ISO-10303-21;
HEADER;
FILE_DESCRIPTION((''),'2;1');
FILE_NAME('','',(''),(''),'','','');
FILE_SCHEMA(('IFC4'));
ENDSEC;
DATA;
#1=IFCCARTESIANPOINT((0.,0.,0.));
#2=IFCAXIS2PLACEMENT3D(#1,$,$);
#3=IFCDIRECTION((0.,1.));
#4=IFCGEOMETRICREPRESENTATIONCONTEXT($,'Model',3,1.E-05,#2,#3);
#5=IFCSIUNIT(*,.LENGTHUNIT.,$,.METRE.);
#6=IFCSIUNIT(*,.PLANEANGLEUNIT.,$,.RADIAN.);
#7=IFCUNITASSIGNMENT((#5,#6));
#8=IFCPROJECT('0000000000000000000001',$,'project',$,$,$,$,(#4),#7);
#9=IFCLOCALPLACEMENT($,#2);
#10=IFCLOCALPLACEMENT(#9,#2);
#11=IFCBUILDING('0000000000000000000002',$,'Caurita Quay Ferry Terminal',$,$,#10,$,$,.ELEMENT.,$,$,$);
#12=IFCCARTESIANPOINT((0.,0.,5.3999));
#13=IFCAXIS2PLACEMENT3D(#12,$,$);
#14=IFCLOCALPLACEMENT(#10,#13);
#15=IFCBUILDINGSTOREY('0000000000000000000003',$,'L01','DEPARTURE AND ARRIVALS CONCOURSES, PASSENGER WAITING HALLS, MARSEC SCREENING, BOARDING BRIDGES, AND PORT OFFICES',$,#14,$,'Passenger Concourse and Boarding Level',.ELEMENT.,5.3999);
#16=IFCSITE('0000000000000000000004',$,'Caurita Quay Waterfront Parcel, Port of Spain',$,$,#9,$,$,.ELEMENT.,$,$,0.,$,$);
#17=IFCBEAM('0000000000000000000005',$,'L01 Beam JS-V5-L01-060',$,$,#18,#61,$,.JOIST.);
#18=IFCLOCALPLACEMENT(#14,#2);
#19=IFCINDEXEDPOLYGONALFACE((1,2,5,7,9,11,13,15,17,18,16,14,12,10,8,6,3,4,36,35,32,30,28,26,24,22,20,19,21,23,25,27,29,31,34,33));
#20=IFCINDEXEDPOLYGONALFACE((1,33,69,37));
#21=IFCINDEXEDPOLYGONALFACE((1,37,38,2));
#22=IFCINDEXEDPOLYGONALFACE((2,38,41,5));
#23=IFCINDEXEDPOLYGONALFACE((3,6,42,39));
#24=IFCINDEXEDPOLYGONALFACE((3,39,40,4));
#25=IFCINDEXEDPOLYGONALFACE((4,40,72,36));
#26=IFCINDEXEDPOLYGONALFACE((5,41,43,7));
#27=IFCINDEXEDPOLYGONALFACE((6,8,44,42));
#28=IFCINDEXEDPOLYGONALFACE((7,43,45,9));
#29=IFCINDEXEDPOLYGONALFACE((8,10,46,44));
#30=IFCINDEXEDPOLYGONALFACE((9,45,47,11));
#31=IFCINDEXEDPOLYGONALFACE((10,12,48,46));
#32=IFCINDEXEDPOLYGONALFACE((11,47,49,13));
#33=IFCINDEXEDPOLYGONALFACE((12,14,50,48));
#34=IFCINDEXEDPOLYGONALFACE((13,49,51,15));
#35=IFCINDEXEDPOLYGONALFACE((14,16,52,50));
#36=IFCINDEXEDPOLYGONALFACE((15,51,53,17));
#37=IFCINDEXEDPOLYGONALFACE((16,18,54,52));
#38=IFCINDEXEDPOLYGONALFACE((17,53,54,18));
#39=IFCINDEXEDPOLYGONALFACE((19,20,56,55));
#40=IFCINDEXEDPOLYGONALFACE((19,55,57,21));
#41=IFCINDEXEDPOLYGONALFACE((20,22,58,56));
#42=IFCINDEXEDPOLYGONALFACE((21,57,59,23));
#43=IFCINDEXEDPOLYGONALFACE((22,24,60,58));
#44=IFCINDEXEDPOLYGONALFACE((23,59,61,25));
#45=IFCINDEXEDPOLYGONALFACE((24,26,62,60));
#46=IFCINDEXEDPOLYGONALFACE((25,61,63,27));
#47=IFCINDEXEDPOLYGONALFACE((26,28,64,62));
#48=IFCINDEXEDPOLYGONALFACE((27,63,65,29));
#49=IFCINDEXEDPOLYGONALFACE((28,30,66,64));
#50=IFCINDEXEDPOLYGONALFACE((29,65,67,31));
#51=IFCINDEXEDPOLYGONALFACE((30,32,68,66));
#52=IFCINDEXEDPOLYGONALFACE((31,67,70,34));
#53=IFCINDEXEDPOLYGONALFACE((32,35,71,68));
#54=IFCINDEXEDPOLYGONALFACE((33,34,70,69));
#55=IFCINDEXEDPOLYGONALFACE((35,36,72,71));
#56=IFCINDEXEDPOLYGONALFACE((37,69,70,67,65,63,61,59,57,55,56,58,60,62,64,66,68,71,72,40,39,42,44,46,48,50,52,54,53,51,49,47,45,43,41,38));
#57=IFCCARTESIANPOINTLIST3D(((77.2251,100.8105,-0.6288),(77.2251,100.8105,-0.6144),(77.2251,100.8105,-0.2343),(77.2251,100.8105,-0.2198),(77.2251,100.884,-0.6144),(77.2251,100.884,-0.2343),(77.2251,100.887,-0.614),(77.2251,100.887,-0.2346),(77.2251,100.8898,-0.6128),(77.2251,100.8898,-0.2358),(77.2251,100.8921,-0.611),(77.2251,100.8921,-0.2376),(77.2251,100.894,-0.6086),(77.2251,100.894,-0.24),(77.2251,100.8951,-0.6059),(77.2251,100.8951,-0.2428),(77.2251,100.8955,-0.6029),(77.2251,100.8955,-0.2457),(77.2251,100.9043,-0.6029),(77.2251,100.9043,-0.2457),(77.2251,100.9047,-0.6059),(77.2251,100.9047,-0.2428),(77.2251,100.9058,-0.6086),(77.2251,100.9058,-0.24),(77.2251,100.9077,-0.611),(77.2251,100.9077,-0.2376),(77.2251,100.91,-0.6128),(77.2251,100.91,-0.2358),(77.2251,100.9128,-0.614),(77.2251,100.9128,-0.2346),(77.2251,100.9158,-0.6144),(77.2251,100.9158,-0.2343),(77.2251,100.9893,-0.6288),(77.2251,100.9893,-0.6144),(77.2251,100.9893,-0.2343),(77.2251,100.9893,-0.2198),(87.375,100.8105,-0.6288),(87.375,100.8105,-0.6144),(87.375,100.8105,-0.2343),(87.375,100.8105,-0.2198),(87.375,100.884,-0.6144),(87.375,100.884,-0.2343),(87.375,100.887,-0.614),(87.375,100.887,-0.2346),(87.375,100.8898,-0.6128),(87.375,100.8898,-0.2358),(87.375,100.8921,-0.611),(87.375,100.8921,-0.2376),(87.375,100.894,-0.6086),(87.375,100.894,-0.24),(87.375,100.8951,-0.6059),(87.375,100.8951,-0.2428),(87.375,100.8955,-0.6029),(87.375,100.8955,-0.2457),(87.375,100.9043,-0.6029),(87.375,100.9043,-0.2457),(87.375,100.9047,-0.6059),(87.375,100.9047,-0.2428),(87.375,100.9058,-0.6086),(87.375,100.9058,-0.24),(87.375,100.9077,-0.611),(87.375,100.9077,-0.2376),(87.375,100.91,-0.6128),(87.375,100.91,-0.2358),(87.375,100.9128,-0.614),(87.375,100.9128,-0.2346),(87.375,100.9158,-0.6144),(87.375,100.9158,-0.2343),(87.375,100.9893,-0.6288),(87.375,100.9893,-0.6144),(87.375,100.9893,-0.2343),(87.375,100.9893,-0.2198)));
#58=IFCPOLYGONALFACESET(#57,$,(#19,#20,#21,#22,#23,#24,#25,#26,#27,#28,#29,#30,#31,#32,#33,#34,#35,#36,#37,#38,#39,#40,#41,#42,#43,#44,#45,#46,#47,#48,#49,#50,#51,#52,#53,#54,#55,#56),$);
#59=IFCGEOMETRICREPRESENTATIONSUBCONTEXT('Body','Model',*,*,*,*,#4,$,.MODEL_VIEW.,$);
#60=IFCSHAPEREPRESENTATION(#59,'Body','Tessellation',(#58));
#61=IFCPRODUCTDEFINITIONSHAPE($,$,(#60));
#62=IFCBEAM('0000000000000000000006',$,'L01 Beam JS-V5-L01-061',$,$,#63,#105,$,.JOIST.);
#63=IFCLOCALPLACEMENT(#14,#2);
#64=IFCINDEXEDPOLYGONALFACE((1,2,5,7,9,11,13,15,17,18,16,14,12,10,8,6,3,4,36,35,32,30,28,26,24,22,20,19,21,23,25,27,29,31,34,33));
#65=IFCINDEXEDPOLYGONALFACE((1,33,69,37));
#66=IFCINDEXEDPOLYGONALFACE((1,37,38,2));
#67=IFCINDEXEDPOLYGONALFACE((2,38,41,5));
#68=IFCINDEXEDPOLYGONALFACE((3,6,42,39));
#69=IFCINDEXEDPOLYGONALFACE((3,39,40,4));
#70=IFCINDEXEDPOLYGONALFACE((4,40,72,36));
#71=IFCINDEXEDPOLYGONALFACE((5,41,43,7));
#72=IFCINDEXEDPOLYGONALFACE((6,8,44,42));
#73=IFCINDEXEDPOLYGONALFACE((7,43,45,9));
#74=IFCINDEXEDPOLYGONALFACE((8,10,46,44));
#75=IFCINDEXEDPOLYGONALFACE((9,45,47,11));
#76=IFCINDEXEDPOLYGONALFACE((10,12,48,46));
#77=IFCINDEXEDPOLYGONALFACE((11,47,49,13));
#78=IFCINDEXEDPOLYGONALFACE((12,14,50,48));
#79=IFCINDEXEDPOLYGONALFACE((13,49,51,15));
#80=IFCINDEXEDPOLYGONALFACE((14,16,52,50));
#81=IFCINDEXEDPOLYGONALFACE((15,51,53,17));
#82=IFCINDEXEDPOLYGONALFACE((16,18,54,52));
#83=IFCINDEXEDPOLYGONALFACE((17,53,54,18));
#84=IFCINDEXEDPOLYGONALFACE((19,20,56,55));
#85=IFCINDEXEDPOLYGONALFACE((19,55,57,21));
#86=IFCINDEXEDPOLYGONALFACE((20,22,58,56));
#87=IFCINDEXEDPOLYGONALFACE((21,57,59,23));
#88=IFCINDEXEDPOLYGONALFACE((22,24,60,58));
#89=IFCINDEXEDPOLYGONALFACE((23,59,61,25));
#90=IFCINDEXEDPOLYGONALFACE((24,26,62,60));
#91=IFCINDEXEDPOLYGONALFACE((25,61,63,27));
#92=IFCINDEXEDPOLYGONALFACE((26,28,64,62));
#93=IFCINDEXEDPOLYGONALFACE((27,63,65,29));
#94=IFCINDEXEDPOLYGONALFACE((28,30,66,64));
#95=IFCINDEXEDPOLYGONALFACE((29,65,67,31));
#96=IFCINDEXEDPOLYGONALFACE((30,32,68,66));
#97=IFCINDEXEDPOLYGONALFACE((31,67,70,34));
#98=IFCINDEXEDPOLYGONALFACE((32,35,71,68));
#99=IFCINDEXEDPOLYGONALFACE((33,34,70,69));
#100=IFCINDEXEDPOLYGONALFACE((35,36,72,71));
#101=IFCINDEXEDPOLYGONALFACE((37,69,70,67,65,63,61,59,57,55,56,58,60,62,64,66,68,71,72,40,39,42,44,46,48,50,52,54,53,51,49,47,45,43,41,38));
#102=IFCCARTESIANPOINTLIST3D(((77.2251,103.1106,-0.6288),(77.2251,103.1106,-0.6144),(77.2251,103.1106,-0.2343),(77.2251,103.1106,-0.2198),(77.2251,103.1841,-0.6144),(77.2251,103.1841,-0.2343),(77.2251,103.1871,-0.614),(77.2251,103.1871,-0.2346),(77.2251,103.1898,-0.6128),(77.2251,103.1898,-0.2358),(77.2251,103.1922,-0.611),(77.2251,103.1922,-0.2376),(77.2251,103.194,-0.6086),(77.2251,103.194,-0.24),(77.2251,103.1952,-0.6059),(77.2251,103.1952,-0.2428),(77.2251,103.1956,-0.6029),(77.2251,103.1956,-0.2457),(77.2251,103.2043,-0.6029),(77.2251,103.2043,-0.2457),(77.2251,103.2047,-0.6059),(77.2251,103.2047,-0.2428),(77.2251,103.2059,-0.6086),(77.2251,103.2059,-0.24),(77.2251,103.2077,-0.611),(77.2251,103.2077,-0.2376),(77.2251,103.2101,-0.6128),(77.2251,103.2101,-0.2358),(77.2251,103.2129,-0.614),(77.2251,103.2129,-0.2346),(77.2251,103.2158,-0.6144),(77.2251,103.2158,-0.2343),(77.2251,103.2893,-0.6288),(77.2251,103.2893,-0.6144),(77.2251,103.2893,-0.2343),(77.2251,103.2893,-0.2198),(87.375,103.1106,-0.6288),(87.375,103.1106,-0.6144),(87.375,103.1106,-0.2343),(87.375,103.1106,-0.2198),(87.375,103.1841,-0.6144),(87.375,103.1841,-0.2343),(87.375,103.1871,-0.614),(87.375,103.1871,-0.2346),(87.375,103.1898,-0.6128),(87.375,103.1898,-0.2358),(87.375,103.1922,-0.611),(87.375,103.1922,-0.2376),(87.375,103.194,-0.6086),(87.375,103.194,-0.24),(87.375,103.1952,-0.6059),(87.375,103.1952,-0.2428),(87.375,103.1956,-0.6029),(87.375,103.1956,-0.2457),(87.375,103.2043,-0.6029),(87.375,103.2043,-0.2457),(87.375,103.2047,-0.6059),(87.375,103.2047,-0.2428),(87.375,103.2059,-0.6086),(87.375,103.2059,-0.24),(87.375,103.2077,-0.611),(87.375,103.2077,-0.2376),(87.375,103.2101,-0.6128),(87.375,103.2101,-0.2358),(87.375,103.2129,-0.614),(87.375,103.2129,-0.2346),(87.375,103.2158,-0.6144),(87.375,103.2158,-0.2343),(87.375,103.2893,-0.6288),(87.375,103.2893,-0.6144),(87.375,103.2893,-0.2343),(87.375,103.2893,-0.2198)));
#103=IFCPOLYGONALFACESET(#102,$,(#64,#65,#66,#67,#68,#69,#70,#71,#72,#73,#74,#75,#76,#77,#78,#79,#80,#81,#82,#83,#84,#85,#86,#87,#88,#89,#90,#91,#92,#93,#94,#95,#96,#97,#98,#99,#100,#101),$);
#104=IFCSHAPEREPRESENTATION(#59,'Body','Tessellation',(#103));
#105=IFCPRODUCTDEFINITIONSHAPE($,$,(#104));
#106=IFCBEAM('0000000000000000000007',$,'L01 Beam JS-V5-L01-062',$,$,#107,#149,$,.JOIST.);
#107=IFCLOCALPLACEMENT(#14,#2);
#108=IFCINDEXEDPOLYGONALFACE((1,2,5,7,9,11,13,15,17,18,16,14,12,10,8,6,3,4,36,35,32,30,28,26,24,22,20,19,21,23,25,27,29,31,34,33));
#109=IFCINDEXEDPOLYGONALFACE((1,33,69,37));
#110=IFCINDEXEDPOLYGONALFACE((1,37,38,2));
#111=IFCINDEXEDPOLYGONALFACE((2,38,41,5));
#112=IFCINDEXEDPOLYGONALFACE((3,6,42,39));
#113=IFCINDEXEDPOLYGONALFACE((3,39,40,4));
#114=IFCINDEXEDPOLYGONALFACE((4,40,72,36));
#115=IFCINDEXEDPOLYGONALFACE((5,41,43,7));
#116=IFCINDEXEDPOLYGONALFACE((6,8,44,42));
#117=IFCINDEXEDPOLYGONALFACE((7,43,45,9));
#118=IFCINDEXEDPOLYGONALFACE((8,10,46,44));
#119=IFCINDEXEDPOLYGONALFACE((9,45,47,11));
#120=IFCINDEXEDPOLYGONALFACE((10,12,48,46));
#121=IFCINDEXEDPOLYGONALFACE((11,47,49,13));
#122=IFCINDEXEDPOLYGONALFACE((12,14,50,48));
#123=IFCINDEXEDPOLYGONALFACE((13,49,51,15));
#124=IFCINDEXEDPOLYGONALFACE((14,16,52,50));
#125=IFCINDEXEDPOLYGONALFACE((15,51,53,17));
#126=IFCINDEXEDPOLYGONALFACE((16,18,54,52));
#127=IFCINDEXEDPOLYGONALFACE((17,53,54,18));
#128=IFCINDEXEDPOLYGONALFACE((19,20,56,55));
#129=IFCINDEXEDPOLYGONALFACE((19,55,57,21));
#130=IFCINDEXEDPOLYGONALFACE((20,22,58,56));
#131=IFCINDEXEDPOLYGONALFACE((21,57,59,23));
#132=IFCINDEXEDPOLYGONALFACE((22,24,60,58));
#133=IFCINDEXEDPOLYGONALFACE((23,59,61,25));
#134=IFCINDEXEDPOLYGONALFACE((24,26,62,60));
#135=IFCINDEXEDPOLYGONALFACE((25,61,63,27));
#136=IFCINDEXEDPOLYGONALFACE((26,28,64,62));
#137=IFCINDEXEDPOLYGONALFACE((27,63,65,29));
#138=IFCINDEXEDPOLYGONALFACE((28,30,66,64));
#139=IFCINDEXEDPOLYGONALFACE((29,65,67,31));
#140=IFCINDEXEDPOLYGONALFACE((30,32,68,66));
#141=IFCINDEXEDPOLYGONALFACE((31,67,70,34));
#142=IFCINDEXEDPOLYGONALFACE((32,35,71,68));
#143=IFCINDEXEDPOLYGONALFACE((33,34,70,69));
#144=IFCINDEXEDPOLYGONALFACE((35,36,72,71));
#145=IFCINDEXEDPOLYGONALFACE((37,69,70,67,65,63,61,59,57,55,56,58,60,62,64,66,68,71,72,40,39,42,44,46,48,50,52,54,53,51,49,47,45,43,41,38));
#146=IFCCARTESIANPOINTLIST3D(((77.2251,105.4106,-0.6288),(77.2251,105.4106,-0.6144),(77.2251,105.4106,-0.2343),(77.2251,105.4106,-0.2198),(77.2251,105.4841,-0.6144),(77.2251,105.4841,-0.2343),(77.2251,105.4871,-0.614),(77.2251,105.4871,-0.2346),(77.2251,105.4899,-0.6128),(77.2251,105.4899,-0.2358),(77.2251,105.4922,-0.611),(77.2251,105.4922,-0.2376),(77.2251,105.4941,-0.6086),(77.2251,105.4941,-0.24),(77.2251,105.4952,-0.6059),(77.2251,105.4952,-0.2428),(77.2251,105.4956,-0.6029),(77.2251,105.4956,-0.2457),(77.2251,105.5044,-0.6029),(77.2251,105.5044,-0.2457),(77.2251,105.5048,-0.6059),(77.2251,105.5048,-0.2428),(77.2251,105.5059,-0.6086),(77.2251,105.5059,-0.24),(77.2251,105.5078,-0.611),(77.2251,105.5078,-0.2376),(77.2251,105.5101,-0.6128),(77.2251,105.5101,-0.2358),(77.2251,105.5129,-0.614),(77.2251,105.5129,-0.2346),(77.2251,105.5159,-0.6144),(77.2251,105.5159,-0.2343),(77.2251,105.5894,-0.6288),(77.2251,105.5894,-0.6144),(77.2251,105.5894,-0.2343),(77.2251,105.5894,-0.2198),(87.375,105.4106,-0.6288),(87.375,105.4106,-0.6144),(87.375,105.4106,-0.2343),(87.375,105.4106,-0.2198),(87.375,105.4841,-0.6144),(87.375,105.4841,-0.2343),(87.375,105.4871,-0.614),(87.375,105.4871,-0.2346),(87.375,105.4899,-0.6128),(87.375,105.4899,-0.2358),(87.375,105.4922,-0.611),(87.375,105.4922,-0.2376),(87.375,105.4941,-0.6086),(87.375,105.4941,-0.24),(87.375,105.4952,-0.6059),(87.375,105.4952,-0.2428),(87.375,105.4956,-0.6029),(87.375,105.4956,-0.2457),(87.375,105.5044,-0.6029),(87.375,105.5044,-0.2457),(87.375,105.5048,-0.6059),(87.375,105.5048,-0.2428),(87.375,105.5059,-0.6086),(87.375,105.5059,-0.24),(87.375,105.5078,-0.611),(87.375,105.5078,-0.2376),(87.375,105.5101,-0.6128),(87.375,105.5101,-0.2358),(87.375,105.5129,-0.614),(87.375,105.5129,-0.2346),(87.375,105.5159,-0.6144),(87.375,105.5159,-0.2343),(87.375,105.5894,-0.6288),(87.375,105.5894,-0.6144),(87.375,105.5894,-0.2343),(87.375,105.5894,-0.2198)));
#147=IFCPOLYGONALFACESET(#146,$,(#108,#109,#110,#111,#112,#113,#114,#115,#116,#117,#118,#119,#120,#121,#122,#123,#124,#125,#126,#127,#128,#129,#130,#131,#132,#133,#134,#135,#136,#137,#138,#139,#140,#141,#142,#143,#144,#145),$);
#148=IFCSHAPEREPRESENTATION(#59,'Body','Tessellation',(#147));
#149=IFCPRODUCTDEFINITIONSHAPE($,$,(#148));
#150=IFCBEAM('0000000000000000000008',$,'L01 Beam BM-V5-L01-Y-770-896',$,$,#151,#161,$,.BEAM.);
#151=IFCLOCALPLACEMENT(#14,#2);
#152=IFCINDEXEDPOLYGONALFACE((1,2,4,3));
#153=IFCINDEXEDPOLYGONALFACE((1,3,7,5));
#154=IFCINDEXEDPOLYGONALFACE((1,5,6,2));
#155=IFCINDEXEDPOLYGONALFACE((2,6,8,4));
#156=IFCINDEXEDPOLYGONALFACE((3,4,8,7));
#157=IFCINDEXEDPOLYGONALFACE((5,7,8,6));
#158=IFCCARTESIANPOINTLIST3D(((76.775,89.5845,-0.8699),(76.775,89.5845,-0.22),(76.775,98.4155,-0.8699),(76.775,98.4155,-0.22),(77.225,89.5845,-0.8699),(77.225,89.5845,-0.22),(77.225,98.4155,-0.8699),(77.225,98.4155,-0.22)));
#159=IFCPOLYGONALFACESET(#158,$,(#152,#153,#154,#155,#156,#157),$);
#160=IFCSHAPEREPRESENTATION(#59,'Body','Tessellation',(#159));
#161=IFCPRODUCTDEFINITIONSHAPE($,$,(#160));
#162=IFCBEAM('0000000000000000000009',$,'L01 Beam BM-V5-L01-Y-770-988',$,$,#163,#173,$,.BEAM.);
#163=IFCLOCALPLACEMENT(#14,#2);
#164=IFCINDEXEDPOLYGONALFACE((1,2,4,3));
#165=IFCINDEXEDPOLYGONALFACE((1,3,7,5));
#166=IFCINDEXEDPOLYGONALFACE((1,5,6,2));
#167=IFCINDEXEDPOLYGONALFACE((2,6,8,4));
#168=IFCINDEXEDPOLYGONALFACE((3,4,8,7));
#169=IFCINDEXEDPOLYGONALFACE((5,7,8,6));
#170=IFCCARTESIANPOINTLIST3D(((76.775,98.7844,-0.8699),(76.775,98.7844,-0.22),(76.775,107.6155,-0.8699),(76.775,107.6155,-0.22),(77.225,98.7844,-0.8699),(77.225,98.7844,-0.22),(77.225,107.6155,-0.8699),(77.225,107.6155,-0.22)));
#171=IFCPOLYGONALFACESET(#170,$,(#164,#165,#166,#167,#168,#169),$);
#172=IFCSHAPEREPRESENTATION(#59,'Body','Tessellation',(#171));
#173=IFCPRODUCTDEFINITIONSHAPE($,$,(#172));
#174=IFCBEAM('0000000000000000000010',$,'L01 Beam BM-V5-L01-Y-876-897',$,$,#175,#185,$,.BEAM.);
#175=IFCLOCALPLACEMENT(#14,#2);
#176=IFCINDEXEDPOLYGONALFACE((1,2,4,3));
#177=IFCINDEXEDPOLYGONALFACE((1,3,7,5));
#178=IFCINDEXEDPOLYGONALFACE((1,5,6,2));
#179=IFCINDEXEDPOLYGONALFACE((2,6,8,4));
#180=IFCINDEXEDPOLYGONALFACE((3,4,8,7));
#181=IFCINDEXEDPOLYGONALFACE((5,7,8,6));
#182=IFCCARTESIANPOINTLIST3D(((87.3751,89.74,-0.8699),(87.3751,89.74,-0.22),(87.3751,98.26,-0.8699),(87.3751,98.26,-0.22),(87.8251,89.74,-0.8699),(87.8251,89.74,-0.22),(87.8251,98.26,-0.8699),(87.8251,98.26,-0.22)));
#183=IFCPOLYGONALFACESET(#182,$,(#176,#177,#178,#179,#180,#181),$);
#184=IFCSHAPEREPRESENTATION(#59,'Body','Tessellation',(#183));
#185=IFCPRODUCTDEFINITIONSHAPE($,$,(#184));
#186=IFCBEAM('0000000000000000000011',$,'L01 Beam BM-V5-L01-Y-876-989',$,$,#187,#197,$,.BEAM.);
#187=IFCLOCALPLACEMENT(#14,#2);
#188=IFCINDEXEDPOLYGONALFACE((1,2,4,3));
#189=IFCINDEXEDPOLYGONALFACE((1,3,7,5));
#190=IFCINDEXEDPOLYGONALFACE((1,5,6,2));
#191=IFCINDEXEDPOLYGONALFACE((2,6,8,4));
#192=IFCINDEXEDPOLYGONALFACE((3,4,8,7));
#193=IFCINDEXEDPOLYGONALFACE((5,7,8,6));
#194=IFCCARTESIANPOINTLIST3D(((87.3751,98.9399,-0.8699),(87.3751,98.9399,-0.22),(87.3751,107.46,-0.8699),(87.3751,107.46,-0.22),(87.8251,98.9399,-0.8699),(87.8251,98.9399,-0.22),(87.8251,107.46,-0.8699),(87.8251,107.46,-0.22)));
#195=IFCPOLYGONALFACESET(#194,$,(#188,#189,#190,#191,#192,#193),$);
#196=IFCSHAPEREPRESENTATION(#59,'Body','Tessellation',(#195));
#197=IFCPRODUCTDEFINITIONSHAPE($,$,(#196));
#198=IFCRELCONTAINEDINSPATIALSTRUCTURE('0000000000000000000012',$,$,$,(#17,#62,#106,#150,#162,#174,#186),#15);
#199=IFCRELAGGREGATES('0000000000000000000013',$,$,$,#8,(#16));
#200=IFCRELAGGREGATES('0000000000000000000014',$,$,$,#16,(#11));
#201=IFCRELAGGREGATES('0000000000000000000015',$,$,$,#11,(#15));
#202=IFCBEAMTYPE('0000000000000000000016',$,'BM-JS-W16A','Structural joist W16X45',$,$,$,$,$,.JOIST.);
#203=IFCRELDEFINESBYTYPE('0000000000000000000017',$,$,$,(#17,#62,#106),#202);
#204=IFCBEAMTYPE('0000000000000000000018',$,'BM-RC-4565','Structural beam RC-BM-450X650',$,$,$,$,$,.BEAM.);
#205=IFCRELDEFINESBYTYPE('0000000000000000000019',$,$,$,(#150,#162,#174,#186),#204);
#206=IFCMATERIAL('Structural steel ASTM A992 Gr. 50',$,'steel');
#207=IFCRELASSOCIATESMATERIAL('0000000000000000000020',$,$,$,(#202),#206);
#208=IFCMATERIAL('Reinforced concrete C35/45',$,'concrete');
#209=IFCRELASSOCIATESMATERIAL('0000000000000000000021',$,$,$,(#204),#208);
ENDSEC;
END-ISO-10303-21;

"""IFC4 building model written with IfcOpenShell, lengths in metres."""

from ifc_helpers import new_model, si_unit, direction, frame, origin, origin_2d, place, context, subcontext, project, spatial, rectangle, i_section, extrude, material, material_profile, profile_set, type_object, element, save


model = new_model("IFC4")

# Units and contexts
model_context = context("Model", 3, precision=1e-05, world=origin(), true_north=direction((0.0, 1.0)))
body_context = subcontext(model_context, "Body", "Model", "MODEL_VIEW")
ifc_project = project(units=[si_unit("LENGTHUNIT", "METRE"), si_unit("PLANEANGLEUNIT", "RADIAN")], contexts=[model_context])

# Site, building, storey
site_placement = place(None, origin())
site = spatial("IfcSite", under=ifc_project, at=site_placement, Name="Caurita Quay Waterfront Parcel, Port of Spain", CompositionType="ELEMENT", RefElevation=0.0)
building_placement = place(site_placement, origin())
building = spatial("IfcBuilding", under=site, at=building_placement, Name="Caurita Quay Ferry Terminal", CompositionType="ELEMENT")
storey_placement = place(building_placement, frame((0.0, 0.0, 5.3999)))
storey = spatial("IfcBuildingStorey", under=building, at=storey_placement, Name="L01", Description="DEPARTURE AND ARRIVALS CONCOURSES, PASSENGER WAITING HALLS, MARSEC SCREENING, BOARDING BRIDGES, AND PORT OFFICES", LongName="Passenger Concourse and Boarding Level", CompositionType="ELEMENT", Elevation=5.3999)

# Shared definitions
ifc_material_1 = material(Name="Reinforced concrete C35/45", Category="concrete")

# Beams
ifc_material_2 = material(Name="Structural steel ASTM A992 Gr. 50", Category="steel")
ifc_material_profile_1 = material_profile(ifc_material_2, i_section(OverallWidth=0.1787, OverallDepth=0.4089, WebThickness=0.0088, FlangeThickness=0.0144, FilletRadius=0.0115, at=origin_2d()), Name="W16X45")
ifc_profile_set_1 = profile_set([ifc_material_profile_1], Name="Structural steel ASTM A992 Gr. 50")
beam_type_1 = type_object("IfcBeamType", Name="BM-JS-W16A", Description="Structural joist W16X45", PredefinedType="JOIST", material=ifc_profile_set_1)
for number, where, z_axis, x_axis, name in (
    (1, (77.2251, 100.8999, -0.4243), (1.0, 0.0, 0.0), (0.0, 1.0, 0.0), "L01 Beam JS-V5-L01-060"),
    (2, (77.2251, 103.2, -0.4243), (1.0, 0.0, 0.0), (0.0, 1.0, 0.0), "L01 Beam JS-V5-L01-061"),
    (3, (77.2251, 105.5, -0.4243), (1.0, 0.0, 0.0), (0.0, 1.0, 0.0), "L01 Beam JS-V5-L01-062"),
):
    element("IfcBeam", number, at=place(storey_placement, frame(where, z_axis=z_axis, x_axis=x_axis)), inside=storey, type_object=beam_type_1, Name=name, PredefinedType="JOIST", context=body_context, shape_type="SweptSolid", body=[
        extrude(i_section(OverallWidth=0.1787, OverallDepth=0.4089, WebThickness=0.0088, FlangeThickness=0.0144, FilletRadius=0.0115, at=origin_2d()), origin(), (0.0, 0.0, 1.0), 10.1499),
    ])
ifc_material_profile_2 = material_profile(ifc_material_1, rectangle(XDim=0.45, YDim=0.6499, at=origin_2d()), Name="RC-BM-450X650")
ifc_profile_set_2 = profile_set([ifc_material_profile_2], Name="Reinforced concrete C35/45")
beam_type_2 = type_object("IfcBeamType", Name="BM-RC-4565", Description="Structural beam RC-BM-450X650", PredefinedType="BEAM", material=ifc_profile_set_2)
for number, where, z_axis, x_axis, name in (
    (4, (77.0, 89.5845, -0.5449), (0.0, 1.0, 0.0), (-1.0, 0.0, 0.0), "L01 Beam BM-V5-L01-Y-770-896"),
    (5, (77.0, 98.7844, -0.5449), (0.0, 1.0, 0.0), (-1.0, 0.0, 0.0), "L01 Beam BM-V5-L01-Y-770-988"),
):
    element("IfcBeam", number, at=place(storey_placement, frame(where, z_axis=z_axis, x_axis=x_axis)), inside=storey, type_object=beam_type_2, Name=name, PredefinedType="BEAM", context=body_context, shape_type="SweptSolid", body=[
        extrude(rectangle(XDim=0.45, YDim=0.6499, at=origin_2d()), origin(), (0.0, 0.0, 1.0), 8.8311),
    ])
for number, where, z_axis, x_axis, name in (
    (6, (87.6001, 89.74, -0.5449), (0.0, 1.0, 0.0), (-1.0, 0.0, 0.0), "L01 Beam BM-V5-L01-Y-876-897"),
    (7, (87.6001, 98.9399, -0.5449), (0.0, 1.0, 0.0), (-1.0, 0.0, 0.0), "L01 Beam BM-V5-L01-Y-876-989"),
):
    element("IfcBeam", number, at=place(storey_placement, frame(where, z_axis=z_axis, x_axis=x_axis)), inside=storey, type_object=beam_type_2, Name=name, PredefinedType="BEAM", context=body_context, shape_type="SweptSolid", body=[
        extrude(rectangle(XDim=0.45, YDim=0.6499, at=origin_2d()), origin(), (0.0, 0.0, 1.0), 8.52),
    ])

save(model, "model.ifc")
